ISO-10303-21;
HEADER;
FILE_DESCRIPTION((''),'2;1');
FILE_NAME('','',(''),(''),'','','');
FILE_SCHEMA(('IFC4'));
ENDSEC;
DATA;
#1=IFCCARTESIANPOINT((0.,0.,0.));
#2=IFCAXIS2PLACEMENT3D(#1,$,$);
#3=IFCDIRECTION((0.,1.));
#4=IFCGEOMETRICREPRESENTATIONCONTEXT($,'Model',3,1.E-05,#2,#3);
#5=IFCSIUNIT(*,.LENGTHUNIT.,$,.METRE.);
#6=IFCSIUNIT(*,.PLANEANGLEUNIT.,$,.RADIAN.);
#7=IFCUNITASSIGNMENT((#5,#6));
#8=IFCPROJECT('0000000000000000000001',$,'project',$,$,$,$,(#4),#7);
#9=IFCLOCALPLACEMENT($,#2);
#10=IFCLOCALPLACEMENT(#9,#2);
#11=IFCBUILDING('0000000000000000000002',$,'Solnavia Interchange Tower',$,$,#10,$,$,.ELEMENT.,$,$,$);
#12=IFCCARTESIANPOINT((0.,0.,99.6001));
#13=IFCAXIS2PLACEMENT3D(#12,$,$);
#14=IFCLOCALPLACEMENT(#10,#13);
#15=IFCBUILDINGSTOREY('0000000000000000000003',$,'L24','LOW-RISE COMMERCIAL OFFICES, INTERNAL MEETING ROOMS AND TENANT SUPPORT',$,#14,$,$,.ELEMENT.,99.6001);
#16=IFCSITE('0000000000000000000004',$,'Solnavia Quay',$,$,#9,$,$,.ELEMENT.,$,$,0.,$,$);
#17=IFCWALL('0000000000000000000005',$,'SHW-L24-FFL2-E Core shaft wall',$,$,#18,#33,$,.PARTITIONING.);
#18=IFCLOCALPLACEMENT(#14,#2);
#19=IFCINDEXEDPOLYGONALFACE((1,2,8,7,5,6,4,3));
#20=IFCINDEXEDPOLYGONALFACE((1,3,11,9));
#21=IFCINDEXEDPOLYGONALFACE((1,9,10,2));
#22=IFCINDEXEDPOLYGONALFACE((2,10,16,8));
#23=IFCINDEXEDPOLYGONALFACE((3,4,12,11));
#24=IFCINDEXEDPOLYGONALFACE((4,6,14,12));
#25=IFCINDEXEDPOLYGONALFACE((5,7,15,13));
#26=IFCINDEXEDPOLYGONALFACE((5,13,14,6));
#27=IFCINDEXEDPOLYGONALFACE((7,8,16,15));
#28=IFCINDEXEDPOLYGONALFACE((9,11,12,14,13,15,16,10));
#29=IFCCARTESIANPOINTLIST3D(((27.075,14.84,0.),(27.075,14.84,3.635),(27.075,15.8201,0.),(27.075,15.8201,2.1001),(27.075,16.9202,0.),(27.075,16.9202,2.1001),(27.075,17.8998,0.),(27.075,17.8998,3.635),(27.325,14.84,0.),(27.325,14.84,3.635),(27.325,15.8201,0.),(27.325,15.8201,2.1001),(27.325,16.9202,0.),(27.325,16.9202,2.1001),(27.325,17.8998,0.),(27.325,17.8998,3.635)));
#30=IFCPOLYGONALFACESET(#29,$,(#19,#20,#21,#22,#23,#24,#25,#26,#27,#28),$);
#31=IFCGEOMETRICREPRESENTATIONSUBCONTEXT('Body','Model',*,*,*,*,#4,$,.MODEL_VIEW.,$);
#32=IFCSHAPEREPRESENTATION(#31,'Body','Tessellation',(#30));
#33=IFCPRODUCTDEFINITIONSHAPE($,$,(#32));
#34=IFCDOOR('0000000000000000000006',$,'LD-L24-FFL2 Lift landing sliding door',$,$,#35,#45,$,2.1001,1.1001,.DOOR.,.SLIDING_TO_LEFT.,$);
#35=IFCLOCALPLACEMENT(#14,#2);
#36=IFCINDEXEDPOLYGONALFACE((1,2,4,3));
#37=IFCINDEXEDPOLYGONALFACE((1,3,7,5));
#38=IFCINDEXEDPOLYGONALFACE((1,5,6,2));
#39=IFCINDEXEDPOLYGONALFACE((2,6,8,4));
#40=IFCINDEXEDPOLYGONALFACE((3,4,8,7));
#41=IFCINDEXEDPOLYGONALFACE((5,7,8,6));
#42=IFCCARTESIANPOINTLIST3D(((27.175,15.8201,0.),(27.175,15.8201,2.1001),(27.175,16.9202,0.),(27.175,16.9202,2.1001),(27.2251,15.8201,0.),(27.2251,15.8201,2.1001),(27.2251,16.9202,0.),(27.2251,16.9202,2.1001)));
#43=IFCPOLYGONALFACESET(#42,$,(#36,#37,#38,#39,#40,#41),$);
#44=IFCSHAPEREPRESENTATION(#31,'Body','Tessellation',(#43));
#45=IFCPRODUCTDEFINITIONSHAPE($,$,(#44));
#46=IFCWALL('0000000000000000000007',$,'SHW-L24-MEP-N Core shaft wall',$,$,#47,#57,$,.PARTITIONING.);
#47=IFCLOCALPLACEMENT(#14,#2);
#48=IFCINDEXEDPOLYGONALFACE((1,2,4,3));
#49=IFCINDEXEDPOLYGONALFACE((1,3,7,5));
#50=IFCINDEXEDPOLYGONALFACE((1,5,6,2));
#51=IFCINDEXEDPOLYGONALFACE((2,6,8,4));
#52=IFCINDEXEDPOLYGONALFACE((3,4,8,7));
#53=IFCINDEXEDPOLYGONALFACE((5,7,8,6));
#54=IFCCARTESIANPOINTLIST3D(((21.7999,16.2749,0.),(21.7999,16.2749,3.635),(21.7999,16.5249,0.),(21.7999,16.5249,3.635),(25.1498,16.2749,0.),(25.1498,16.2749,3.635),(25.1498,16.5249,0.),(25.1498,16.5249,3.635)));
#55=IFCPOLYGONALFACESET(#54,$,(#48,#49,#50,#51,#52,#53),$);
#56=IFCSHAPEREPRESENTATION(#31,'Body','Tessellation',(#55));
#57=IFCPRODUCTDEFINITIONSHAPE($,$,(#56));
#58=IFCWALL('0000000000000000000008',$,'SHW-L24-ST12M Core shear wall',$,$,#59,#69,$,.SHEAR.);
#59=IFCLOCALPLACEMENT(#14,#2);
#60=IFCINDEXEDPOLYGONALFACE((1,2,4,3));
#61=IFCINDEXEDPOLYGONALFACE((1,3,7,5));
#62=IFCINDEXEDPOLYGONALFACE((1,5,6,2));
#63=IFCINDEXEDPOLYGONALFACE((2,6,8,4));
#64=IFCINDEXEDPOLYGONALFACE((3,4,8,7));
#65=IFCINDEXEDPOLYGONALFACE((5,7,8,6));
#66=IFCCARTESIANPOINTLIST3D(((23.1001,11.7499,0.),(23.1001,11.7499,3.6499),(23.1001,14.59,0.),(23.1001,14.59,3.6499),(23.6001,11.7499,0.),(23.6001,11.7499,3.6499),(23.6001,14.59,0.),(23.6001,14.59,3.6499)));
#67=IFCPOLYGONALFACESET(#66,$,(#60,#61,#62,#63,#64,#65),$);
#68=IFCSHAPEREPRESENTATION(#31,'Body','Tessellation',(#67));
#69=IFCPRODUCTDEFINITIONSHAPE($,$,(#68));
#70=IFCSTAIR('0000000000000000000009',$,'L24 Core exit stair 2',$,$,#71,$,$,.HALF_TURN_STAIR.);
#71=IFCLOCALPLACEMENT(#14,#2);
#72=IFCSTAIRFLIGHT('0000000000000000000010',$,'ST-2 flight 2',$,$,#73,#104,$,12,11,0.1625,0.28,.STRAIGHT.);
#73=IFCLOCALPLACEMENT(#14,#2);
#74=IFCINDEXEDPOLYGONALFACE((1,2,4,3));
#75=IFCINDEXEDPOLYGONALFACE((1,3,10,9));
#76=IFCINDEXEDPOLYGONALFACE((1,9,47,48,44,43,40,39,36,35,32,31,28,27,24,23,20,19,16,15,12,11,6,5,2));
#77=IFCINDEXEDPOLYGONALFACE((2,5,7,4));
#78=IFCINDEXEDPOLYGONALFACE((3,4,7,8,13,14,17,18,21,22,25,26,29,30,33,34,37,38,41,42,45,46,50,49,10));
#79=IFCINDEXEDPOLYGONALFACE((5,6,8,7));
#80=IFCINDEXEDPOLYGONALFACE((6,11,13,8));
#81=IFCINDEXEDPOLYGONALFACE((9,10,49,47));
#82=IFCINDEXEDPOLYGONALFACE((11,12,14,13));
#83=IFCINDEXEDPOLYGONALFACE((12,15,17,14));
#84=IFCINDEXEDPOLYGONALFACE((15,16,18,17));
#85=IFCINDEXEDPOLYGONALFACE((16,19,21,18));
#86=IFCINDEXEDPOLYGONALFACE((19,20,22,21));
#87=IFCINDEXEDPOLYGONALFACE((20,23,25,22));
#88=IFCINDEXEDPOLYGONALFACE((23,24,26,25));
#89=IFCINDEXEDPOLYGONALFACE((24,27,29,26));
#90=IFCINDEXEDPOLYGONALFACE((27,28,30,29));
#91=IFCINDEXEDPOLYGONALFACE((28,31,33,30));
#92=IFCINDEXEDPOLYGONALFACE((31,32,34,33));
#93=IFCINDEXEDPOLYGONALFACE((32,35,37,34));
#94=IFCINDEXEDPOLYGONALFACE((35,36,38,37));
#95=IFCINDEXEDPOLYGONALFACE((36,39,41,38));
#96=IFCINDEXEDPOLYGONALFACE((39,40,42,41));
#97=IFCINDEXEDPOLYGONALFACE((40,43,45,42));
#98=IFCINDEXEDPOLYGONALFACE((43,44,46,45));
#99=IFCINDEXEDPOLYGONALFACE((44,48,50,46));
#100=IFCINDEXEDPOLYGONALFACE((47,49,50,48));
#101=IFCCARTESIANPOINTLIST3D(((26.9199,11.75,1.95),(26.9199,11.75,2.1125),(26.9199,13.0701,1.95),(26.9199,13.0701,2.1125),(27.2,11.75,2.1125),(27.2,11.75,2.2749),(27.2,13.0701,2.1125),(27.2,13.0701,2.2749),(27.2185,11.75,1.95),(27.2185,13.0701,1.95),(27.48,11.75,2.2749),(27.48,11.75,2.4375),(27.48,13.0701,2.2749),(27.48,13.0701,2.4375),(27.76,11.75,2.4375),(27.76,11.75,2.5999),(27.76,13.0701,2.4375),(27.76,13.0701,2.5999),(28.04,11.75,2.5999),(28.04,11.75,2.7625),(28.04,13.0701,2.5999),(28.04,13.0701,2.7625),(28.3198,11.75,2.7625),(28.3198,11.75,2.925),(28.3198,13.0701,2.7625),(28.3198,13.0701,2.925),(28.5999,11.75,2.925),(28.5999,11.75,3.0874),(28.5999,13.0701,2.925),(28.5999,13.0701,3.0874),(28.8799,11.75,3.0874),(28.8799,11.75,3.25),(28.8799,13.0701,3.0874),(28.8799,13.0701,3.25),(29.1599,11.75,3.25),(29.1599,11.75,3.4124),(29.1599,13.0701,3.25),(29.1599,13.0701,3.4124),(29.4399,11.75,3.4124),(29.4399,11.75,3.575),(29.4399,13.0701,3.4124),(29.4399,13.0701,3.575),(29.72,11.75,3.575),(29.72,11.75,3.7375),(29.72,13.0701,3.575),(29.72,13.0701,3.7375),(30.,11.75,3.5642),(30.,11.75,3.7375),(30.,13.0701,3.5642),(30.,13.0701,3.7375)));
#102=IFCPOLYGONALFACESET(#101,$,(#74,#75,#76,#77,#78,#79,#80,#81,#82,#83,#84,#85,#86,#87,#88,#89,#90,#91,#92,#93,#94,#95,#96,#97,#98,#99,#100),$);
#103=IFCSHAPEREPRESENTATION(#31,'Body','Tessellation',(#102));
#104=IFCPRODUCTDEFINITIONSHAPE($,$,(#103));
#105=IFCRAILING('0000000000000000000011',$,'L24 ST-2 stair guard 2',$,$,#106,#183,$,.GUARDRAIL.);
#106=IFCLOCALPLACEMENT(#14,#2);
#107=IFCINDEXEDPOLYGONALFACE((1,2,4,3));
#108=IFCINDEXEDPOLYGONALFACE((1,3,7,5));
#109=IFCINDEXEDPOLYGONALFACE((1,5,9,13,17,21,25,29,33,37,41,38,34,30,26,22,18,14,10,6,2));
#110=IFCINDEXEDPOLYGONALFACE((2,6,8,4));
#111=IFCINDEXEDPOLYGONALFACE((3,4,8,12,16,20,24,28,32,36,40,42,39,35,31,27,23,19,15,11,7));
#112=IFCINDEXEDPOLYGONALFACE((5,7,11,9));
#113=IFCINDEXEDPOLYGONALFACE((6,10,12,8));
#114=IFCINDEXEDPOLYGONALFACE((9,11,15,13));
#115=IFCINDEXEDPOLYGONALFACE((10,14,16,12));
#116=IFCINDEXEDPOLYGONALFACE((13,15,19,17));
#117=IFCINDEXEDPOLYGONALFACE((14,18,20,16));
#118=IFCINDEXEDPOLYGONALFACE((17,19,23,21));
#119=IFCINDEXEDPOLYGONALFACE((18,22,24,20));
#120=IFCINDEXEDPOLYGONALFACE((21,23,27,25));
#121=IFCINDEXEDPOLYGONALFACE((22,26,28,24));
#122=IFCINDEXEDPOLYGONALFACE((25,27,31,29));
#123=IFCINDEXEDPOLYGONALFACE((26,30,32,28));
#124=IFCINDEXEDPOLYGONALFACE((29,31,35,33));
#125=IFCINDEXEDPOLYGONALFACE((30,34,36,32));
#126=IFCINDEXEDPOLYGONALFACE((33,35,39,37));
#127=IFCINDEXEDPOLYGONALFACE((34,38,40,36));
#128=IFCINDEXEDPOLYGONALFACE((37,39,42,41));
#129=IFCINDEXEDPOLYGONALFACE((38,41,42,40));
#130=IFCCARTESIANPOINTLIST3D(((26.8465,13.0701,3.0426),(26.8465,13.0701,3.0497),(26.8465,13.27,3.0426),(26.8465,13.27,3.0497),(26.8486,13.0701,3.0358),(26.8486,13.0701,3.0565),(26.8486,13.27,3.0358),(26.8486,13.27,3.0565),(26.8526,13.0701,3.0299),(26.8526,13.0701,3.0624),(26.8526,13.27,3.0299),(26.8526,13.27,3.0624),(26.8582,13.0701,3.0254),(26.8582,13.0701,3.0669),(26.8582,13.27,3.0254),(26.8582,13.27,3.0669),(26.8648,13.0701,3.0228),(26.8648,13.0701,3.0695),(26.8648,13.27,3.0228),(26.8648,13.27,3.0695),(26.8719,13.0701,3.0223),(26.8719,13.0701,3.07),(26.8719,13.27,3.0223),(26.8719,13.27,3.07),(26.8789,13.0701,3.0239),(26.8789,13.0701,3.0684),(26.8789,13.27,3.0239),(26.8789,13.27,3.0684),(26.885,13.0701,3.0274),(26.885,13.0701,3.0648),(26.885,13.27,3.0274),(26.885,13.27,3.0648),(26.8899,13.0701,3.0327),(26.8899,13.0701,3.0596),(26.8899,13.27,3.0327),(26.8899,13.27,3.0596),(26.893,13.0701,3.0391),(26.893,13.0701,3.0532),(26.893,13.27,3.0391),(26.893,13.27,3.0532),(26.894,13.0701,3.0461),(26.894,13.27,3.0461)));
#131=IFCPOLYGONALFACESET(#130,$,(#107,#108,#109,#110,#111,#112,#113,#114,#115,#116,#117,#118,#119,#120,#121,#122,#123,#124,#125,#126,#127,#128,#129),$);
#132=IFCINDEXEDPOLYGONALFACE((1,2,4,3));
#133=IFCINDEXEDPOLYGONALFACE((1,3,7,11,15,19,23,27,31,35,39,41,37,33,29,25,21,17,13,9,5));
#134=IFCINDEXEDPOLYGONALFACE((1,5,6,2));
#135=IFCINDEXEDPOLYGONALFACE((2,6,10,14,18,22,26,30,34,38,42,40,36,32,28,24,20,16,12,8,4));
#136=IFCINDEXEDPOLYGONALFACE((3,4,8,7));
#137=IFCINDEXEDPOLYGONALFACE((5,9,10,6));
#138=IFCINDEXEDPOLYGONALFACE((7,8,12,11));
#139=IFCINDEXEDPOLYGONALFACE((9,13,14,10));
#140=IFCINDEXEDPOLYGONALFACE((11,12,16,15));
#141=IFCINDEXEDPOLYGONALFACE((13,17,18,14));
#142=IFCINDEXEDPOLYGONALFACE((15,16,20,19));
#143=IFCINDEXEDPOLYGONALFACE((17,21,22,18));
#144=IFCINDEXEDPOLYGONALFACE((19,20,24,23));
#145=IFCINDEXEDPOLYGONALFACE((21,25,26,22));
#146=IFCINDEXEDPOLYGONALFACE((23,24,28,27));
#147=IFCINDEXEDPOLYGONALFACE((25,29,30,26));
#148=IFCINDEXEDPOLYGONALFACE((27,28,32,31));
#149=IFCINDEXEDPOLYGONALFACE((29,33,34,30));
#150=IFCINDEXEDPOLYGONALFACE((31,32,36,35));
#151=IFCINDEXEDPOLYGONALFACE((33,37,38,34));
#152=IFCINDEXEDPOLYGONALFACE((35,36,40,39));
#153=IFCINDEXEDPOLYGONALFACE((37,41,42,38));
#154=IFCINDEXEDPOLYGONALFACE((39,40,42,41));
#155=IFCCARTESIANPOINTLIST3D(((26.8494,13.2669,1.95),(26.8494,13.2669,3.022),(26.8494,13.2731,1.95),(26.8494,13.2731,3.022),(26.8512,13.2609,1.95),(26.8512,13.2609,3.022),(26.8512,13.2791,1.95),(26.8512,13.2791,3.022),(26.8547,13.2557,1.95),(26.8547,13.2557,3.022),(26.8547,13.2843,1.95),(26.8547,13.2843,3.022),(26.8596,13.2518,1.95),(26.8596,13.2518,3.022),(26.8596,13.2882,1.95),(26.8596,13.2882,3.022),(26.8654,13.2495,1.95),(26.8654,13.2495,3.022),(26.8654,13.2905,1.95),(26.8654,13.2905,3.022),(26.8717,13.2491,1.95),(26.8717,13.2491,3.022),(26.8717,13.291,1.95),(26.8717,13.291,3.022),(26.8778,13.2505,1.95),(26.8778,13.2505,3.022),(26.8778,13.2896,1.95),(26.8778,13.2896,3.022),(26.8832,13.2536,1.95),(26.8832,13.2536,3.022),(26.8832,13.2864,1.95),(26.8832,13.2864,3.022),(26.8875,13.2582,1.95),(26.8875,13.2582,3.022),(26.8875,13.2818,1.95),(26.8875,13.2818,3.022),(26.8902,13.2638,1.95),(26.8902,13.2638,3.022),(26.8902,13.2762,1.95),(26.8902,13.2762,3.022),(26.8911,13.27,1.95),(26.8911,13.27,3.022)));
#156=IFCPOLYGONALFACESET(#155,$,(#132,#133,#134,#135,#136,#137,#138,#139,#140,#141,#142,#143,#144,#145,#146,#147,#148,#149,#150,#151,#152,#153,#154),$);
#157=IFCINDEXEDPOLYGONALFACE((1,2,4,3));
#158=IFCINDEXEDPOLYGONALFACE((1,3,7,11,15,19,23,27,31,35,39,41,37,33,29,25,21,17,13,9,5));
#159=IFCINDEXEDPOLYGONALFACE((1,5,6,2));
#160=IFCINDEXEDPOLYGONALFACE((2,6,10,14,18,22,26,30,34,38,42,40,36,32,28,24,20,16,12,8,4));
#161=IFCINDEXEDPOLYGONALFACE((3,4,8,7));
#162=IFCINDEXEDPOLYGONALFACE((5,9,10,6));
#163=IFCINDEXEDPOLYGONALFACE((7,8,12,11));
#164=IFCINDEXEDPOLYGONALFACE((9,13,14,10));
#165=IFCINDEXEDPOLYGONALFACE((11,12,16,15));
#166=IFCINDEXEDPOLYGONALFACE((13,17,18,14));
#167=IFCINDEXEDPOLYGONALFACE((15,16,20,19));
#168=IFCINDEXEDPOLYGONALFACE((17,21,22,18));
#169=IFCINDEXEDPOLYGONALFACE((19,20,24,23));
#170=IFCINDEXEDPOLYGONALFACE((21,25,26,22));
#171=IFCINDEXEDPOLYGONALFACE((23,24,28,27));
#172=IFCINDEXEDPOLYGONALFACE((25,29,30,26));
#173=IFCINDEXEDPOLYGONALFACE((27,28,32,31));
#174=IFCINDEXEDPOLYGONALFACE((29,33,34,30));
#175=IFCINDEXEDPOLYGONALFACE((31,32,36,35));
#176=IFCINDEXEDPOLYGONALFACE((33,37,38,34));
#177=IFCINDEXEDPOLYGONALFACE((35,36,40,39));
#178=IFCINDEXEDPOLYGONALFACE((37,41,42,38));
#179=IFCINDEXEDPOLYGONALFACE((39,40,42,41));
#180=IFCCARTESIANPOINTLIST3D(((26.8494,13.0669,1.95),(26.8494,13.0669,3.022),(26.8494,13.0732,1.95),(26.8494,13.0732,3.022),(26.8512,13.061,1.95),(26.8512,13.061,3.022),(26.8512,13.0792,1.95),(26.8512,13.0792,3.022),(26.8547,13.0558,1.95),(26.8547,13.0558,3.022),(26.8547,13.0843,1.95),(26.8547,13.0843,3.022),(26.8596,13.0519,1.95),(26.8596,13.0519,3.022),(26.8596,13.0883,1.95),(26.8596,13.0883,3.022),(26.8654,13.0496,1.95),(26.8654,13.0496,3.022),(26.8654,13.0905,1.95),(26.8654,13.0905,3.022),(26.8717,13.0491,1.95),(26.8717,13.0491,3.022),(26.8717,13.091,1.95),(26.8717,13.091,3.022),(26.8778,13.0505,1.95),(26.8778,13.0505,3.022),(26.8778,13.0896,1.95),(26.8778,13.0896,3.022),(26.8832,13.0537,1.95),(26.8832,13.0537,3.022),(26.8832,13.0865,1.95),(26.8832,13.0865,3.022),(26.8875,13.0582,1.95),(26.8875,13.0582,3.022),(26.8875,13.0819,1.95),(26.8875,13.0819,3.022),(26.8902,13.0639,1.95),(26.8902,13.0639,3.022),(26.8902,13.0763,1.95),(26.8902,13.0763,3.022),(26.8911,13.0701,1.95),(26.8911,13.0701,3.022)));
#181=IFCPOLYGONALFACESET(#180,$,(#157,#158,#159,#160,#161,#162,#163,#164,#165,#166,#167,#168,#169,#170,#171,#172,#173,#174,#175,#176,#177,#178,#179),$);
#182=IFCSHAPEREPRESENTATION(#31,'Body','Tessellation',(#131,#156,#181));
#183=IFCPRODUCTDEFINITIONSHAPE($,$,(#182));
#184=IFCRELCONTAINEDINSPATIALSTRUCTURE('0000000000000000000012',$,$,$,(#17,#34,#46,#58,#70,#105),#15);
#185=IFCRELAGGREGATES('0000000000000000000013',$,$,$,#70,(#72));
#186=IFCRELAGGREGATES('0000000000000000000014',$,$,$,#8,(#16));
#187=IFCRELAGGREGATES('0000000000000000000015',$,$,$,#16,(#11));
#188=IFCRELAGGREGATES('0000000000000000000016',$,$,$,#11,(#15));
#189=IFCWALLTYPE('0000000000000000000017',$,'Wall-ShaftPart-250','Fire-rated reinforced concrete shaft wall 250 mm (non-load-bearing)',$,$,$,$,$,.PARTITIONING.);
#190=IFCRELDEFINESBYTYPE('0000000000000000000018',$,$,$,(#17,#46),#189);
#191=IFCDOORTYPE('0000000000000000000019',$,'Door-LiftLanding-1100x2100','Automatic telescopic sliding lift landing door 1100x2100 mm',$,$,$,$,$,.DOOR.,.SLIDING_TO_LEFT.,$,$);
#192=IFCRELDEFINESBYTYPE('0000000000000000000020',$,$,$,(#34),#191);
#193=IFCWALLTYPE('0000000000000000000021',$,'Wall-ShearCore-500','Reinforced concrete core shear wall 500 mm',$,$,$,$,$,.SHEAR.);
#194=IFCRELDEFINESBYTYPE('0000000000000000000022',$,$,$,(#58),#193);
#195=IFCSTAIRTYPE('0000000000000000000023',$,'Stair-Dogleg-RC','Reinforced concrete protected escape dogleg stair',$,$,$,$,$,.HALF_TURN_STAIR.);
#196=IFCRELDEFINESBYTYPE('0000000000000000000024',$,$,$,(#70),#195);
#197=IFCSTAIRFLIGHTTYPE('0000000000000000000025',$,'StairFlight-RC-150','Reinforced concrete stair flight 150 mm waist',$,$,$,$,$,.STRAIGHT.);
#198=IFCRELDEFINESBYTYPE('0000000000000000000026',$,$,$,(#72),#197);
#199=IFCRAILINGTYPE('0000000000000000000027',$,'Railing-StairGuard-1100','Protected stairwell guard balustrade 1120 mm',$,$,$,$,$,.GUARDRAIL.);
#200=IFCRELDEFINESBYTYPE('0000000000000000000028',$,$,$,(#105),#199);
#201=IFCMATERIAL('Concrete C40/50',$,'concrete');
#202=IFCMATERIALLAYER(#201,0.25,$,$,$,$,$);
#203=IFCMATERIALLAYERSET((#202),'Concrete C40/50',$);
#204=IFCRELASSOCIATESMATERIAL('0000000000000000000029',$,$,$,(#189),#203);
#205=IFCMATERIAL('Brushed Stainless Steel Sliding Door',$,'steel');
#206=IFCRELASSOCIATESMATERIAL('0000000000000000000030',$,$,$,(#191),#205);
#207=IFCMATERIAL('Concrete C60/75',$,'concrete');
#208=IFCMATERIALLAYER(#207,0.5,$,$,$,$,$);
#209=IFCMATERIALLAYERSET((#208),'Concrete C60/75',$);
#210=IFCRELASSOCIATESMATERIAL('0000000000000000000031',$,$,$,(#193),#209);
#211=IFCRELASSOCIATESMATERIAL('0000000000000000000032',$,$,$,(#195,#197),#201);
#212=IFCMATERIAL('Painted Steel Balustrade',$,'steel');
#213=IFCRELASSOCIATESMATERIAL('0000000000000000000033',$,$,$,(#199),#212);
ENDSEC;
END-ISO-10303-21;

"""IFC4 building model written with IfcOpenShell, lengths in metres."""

from ifc_helpers import new_model, si_unit, direction, frame, frame_2d, origin, origin_2d, place, context, subcontext, project, spatial, polyline, rectangle, circle, outline, extrude, material, layer, layer_set, type_object, element, fill, aggregate, save


model = new_model("IFC4")

# Units and contexts
model_context = context("Model", 3, precision=1e-05, world=origin(), true_north=direction((0.0, 1.0)))
body_context = subcontext(model_context, "Body", "Model", "MODEL_VIEW")
ifc_project = project(units=[si_unit("LENGTHUNIT", "METRE"), si_unit("PLANEANGLEUNIT", "RADIAN")], contexts=[model_context])

# Site, building, storey
site_placement = place(None, origin())
site = spatial("IfcSite", under=ifc_project, at=site_placement, Name="Solnavia Quay", CompositionType="ELEMENT", RefElevation=0.0)
building_placement = place(site_placement, origin())
building = spatial("IfcBuilding", under=site, at=building_placement, Name="Solnavia Interchange Tower", CompositionType="ELEMENT")
storey_placement = place(building_placement, frame((0.0, 0.0, 99.6001)))
storey = spatial("IfcBuildingStorey", under=building, at=storey_placement, Name="L24", Description="LOW-RISE COMMERCIAL OFFICES, INTERNAL MEETING ROOMS AND TENANT SUPPORT", CompositionType="ELEMENT", Elevation=99.6001)

# Shared definitions
ifc_material_1 = material(Name="Concrete C60/75", Category="concrete")

# Shared definitions
ifc_material_2 = material(Name="Concrete C40/50", Category="concrete")

# Shared definitions
ifc_layer_1 = layer(ifc_material_2, 0.25)
ifc_layer_set_1 = layer_set([ifc_layer_1], Name="Concrete C40/50")
wall_type_1 = type_object("IfcWallType", Name="Wall-ShaftPart-250", Description="Fire-rated reinforced concrete shaft wall 250 mm (non-load-bearing)", PredefinedType="PARTITIONING", material=ifc_layer_set_1)

# Wall, opening, door
wall_1_placement = place(storey_placement, frame((27.2, 14.8401, 0.0), z_axis=(0.0, 0.0, 1.0), x_axis=(0.0, 1.0, 0.0)))
wall_1 = element("IfcWall", 1, at=wall_1_placement, inside=storey, type_object=wall_type_1, Name="SHW-L24-FFL2-E Core shaft wall", PredefinedType="PARTITIONING", context=body_context, shape_type="SweptSolid", body=[
    extrude(rectangle(XDim=3.0598, YDim=0.25, at=frame_2d((1.5298, 0.0))), origin(), (0.0, 0.0, 1.0), 3.635),
])
opening_1_placement = place(wall_1_placement, frame((0.98, 0.0, 0.0)))
opening_1 = element("IfcOpeningElement", 2, at=opening_1_placement, cuts=wall_1, PredefinedType="OPENING", context=body_context, shape_type="SweptSolid", body=[
    extrude(rectangle(XDim=1.1001, YDim=2.1001, at=frame_2d((0.55, 1.05))), frame((0.0, 0.135, 0.0), z_axis=(0.0, -1.0, 0.0), x_axis=(1.0, 0.0, 0.0)), (0.0, 0.0, 1.0), 0.27),
])
ifc_material_3 = material(Name="Brushed Stainless Steel Sliding Door", Category="steel")
door_type_1 = type_object("IfcDoorType", Name="Door-LiftLanding-1100x2100", Description="Automatic telescopic sliding lift landing door 1100x2100 mm", OperationType="SLIDING_TO_LEFT", PredefinedType="DOOR", material=ifc_material_3)
door_1_placement = place(opening_1_placement, origin())
door_1 = element("IfcDoor", 3, at=door_1_placement, inside=storey, type_object=door_type_1, Name="LD-L24-FFL2 Lift landing sliding door", OperationType="SLIDING_TO_LEFT", OverallHeight=2.1001, OverallWidth=1.1001, PredefinedType="DOOR", context=body_context, shape_type="SweptSolid", body=[
    extrude(rectangle(XDim=1.1001, YDim=2.1001, at=frame_2d((0.55, 1.05))), frame((0.0, 0.0249, 0.0), z_axis=(0.0, -1.0, 0.0), x_axis=(1.0, 0.0, 0.0)), (0.0, 0.0, 1.0), 0.05),
])
fill(opening_1, door_1)

# Walls
wall_2_placement = place(storey_placement, frame((21.8, 16.3999, 0.0), z_axis=(0.0, 0.0, 1.0), x_axis=(1.0, 0.0, 0.0)))
element("IfcWall", 4, at=wall_2_placement, inside=storey, type_object=wall_type_1, Name="SHW-L24-MEP-N Core shaft wall", PredefinedType="PARTITIONING", context=body_context, shape_type="SweptSolid", body=[
    extrude(rectangle(XDim=3.3499, YDim=0.25, at=frame_2d((1.6748, 0.0))), origin(), (0.0, 0.0, 1.0), 3.635),
])
ifc_layer_2 = layer(ifc_material_1, 0.5)
ifc_layer_set_2 = layer_set([ifc_layer_2], Name="Concrete C60/75")
wall_type_2 = type_object("IfcWallType", Name="Wall-ShearCore-500", Description="Reinforced concrete core shear wall 500 mm", PredefinedType="SHEAR", material=ifc_layer_set_2)
wall_3_placement = place(storey_placement, frame((23.3501, 11.75, 0.0), z_axis=(0.0, 0.0, 1.0), x_axis=(0.0, 1.0, 0.0)))
element("IfcWall", 5, at=wall_3_placement, inside=storey, type_object=wall_type_2, Name="SHW-L24-ST12M Core shear wall", PredefinedType="SHEAR", context=body_context, shape_type="SweptSolid", body=[
    extrude(rectangle(XDim=2.8401, YDim=0.5, at=frame_2d((1.4199, 0.0))), origin(), (0.0, 0.0, 1.0), 3.6499),
])

# Stair, stair flight
stair_type = type_object("IfcStairType", Name="Stair-Dogleg-RC", Description="Reinforced concrete protected escape dogleg stair", PredefinedType="HALF_TURN_STAIR", material=ifc_material_2)
stair_placement = place(storey_placement, origin())
stair = element("IfcStair", 6, at=stair_placement, inside=storey, type_object=stair_type, Name="L24 Core exit stair 2", PredefinedType="HALF_TURN_STAIR")
stair_flight_type = type_object("IfcStairFlightType", Name="StairFlight-RC-150", Description="Reinforced concrete stair flight 150 mm waist", PredefinedType="STRAIGHT", material=ifc_material_2)
stair_flight_placement = place(storey_placement, frame((26.9199, 12.4099, 1.95), z_axis=(0.0, 0.0, 1.0), x_axis=(1.0, 0.0, 0.0)))
stair_flight = element("IfcStairFlight", 7, at=stair_flight_placement, type_object=stair_flight_type, Name="ST-2 flight 2", NumberOfRisers=12, NumberOfTreads=11, PredefinedType="STRAIGHT", RiserHeight=0.1625, TreadLength=0.28, context=body_context, shape_type="SweptSolid", body=[
    extrude(outline(polyline([(0.0, 0.0), (0.0, 0.1626), (0.28, 0.1626), (0.28, 0.325), (0.5601, 0.325), (0.5601, 0.4875), (0.8401, 0.4875), (0.8401, 0.6499), (1.1201, 0.6499), (1.1201, 0.8125), (1.3999, 0.8125), (1.3999, 0.9751), (1.6799, 0.9751), (1.6799, 1.1375), (1.96, 1.1375), (1.96, 1.3), (2.24, 1.3), (2.24, 1.4624), (2.52, 1.4624), (2.52, 1.625), (2.8, 1.625), (2.8, 1.7876), (3.0801, 1.7876), (3.0801, 1.95), (3.0801, 1.6143), (0.2986, 0.0), (0.0, 0.0)])), frame((0.0, 0.6602, 0.0), z_axis=(0.0, -1.0, 0.0), x_axis=(1.0, 0.0, 0.0)), (0.0, 0.0, 1.0), 1.3201),
])
aggregate(stair, [stair_flight])

# Railing
ifc_material_4 = material(Name="Painted Steel Balustrade", Category="steel")
railing_type_1 = type_object("IfcRailingType", Name="Railing-StairGuard-1100", Description="Protected stairwell guard balustrade 1120 mm", PredefinedType="GUARDRAIL", material=ifc_material_4)
railing_1_placement = place(storey_placement, frame((26.8701, 13.27, 1.95)))
element("IfcRailing", 8, at=railing_1_placement, inside=storey, type_object=railing_type_1, Name="L24 ST-2 stair guard 2", PredefinedType="GUARDRAIL", context=body_context, shape_type="SweptSolid", body=[
    extrude(circle(Radius=0.0239, at=origin_2d()), frame((0.0, 0.0, 1.0962), z_axis=(0.0, -1.0, 0.0), x_axis=(1.0, 0.0, 0.0)), (0.0, 0.0, 1.0), 0.2),
    extrude(circle(Radius=0.021, at=origin_2d()), origin(), (0.0, 0.0, 1.0), 1.072),
    extrude(circle(Radius=0.021, at=origin_2d()), frame((0.0, -0.2, 0.0)), (0.0, 0.0, 1.0), 1.072),
])

save(model, "model.ifc")
